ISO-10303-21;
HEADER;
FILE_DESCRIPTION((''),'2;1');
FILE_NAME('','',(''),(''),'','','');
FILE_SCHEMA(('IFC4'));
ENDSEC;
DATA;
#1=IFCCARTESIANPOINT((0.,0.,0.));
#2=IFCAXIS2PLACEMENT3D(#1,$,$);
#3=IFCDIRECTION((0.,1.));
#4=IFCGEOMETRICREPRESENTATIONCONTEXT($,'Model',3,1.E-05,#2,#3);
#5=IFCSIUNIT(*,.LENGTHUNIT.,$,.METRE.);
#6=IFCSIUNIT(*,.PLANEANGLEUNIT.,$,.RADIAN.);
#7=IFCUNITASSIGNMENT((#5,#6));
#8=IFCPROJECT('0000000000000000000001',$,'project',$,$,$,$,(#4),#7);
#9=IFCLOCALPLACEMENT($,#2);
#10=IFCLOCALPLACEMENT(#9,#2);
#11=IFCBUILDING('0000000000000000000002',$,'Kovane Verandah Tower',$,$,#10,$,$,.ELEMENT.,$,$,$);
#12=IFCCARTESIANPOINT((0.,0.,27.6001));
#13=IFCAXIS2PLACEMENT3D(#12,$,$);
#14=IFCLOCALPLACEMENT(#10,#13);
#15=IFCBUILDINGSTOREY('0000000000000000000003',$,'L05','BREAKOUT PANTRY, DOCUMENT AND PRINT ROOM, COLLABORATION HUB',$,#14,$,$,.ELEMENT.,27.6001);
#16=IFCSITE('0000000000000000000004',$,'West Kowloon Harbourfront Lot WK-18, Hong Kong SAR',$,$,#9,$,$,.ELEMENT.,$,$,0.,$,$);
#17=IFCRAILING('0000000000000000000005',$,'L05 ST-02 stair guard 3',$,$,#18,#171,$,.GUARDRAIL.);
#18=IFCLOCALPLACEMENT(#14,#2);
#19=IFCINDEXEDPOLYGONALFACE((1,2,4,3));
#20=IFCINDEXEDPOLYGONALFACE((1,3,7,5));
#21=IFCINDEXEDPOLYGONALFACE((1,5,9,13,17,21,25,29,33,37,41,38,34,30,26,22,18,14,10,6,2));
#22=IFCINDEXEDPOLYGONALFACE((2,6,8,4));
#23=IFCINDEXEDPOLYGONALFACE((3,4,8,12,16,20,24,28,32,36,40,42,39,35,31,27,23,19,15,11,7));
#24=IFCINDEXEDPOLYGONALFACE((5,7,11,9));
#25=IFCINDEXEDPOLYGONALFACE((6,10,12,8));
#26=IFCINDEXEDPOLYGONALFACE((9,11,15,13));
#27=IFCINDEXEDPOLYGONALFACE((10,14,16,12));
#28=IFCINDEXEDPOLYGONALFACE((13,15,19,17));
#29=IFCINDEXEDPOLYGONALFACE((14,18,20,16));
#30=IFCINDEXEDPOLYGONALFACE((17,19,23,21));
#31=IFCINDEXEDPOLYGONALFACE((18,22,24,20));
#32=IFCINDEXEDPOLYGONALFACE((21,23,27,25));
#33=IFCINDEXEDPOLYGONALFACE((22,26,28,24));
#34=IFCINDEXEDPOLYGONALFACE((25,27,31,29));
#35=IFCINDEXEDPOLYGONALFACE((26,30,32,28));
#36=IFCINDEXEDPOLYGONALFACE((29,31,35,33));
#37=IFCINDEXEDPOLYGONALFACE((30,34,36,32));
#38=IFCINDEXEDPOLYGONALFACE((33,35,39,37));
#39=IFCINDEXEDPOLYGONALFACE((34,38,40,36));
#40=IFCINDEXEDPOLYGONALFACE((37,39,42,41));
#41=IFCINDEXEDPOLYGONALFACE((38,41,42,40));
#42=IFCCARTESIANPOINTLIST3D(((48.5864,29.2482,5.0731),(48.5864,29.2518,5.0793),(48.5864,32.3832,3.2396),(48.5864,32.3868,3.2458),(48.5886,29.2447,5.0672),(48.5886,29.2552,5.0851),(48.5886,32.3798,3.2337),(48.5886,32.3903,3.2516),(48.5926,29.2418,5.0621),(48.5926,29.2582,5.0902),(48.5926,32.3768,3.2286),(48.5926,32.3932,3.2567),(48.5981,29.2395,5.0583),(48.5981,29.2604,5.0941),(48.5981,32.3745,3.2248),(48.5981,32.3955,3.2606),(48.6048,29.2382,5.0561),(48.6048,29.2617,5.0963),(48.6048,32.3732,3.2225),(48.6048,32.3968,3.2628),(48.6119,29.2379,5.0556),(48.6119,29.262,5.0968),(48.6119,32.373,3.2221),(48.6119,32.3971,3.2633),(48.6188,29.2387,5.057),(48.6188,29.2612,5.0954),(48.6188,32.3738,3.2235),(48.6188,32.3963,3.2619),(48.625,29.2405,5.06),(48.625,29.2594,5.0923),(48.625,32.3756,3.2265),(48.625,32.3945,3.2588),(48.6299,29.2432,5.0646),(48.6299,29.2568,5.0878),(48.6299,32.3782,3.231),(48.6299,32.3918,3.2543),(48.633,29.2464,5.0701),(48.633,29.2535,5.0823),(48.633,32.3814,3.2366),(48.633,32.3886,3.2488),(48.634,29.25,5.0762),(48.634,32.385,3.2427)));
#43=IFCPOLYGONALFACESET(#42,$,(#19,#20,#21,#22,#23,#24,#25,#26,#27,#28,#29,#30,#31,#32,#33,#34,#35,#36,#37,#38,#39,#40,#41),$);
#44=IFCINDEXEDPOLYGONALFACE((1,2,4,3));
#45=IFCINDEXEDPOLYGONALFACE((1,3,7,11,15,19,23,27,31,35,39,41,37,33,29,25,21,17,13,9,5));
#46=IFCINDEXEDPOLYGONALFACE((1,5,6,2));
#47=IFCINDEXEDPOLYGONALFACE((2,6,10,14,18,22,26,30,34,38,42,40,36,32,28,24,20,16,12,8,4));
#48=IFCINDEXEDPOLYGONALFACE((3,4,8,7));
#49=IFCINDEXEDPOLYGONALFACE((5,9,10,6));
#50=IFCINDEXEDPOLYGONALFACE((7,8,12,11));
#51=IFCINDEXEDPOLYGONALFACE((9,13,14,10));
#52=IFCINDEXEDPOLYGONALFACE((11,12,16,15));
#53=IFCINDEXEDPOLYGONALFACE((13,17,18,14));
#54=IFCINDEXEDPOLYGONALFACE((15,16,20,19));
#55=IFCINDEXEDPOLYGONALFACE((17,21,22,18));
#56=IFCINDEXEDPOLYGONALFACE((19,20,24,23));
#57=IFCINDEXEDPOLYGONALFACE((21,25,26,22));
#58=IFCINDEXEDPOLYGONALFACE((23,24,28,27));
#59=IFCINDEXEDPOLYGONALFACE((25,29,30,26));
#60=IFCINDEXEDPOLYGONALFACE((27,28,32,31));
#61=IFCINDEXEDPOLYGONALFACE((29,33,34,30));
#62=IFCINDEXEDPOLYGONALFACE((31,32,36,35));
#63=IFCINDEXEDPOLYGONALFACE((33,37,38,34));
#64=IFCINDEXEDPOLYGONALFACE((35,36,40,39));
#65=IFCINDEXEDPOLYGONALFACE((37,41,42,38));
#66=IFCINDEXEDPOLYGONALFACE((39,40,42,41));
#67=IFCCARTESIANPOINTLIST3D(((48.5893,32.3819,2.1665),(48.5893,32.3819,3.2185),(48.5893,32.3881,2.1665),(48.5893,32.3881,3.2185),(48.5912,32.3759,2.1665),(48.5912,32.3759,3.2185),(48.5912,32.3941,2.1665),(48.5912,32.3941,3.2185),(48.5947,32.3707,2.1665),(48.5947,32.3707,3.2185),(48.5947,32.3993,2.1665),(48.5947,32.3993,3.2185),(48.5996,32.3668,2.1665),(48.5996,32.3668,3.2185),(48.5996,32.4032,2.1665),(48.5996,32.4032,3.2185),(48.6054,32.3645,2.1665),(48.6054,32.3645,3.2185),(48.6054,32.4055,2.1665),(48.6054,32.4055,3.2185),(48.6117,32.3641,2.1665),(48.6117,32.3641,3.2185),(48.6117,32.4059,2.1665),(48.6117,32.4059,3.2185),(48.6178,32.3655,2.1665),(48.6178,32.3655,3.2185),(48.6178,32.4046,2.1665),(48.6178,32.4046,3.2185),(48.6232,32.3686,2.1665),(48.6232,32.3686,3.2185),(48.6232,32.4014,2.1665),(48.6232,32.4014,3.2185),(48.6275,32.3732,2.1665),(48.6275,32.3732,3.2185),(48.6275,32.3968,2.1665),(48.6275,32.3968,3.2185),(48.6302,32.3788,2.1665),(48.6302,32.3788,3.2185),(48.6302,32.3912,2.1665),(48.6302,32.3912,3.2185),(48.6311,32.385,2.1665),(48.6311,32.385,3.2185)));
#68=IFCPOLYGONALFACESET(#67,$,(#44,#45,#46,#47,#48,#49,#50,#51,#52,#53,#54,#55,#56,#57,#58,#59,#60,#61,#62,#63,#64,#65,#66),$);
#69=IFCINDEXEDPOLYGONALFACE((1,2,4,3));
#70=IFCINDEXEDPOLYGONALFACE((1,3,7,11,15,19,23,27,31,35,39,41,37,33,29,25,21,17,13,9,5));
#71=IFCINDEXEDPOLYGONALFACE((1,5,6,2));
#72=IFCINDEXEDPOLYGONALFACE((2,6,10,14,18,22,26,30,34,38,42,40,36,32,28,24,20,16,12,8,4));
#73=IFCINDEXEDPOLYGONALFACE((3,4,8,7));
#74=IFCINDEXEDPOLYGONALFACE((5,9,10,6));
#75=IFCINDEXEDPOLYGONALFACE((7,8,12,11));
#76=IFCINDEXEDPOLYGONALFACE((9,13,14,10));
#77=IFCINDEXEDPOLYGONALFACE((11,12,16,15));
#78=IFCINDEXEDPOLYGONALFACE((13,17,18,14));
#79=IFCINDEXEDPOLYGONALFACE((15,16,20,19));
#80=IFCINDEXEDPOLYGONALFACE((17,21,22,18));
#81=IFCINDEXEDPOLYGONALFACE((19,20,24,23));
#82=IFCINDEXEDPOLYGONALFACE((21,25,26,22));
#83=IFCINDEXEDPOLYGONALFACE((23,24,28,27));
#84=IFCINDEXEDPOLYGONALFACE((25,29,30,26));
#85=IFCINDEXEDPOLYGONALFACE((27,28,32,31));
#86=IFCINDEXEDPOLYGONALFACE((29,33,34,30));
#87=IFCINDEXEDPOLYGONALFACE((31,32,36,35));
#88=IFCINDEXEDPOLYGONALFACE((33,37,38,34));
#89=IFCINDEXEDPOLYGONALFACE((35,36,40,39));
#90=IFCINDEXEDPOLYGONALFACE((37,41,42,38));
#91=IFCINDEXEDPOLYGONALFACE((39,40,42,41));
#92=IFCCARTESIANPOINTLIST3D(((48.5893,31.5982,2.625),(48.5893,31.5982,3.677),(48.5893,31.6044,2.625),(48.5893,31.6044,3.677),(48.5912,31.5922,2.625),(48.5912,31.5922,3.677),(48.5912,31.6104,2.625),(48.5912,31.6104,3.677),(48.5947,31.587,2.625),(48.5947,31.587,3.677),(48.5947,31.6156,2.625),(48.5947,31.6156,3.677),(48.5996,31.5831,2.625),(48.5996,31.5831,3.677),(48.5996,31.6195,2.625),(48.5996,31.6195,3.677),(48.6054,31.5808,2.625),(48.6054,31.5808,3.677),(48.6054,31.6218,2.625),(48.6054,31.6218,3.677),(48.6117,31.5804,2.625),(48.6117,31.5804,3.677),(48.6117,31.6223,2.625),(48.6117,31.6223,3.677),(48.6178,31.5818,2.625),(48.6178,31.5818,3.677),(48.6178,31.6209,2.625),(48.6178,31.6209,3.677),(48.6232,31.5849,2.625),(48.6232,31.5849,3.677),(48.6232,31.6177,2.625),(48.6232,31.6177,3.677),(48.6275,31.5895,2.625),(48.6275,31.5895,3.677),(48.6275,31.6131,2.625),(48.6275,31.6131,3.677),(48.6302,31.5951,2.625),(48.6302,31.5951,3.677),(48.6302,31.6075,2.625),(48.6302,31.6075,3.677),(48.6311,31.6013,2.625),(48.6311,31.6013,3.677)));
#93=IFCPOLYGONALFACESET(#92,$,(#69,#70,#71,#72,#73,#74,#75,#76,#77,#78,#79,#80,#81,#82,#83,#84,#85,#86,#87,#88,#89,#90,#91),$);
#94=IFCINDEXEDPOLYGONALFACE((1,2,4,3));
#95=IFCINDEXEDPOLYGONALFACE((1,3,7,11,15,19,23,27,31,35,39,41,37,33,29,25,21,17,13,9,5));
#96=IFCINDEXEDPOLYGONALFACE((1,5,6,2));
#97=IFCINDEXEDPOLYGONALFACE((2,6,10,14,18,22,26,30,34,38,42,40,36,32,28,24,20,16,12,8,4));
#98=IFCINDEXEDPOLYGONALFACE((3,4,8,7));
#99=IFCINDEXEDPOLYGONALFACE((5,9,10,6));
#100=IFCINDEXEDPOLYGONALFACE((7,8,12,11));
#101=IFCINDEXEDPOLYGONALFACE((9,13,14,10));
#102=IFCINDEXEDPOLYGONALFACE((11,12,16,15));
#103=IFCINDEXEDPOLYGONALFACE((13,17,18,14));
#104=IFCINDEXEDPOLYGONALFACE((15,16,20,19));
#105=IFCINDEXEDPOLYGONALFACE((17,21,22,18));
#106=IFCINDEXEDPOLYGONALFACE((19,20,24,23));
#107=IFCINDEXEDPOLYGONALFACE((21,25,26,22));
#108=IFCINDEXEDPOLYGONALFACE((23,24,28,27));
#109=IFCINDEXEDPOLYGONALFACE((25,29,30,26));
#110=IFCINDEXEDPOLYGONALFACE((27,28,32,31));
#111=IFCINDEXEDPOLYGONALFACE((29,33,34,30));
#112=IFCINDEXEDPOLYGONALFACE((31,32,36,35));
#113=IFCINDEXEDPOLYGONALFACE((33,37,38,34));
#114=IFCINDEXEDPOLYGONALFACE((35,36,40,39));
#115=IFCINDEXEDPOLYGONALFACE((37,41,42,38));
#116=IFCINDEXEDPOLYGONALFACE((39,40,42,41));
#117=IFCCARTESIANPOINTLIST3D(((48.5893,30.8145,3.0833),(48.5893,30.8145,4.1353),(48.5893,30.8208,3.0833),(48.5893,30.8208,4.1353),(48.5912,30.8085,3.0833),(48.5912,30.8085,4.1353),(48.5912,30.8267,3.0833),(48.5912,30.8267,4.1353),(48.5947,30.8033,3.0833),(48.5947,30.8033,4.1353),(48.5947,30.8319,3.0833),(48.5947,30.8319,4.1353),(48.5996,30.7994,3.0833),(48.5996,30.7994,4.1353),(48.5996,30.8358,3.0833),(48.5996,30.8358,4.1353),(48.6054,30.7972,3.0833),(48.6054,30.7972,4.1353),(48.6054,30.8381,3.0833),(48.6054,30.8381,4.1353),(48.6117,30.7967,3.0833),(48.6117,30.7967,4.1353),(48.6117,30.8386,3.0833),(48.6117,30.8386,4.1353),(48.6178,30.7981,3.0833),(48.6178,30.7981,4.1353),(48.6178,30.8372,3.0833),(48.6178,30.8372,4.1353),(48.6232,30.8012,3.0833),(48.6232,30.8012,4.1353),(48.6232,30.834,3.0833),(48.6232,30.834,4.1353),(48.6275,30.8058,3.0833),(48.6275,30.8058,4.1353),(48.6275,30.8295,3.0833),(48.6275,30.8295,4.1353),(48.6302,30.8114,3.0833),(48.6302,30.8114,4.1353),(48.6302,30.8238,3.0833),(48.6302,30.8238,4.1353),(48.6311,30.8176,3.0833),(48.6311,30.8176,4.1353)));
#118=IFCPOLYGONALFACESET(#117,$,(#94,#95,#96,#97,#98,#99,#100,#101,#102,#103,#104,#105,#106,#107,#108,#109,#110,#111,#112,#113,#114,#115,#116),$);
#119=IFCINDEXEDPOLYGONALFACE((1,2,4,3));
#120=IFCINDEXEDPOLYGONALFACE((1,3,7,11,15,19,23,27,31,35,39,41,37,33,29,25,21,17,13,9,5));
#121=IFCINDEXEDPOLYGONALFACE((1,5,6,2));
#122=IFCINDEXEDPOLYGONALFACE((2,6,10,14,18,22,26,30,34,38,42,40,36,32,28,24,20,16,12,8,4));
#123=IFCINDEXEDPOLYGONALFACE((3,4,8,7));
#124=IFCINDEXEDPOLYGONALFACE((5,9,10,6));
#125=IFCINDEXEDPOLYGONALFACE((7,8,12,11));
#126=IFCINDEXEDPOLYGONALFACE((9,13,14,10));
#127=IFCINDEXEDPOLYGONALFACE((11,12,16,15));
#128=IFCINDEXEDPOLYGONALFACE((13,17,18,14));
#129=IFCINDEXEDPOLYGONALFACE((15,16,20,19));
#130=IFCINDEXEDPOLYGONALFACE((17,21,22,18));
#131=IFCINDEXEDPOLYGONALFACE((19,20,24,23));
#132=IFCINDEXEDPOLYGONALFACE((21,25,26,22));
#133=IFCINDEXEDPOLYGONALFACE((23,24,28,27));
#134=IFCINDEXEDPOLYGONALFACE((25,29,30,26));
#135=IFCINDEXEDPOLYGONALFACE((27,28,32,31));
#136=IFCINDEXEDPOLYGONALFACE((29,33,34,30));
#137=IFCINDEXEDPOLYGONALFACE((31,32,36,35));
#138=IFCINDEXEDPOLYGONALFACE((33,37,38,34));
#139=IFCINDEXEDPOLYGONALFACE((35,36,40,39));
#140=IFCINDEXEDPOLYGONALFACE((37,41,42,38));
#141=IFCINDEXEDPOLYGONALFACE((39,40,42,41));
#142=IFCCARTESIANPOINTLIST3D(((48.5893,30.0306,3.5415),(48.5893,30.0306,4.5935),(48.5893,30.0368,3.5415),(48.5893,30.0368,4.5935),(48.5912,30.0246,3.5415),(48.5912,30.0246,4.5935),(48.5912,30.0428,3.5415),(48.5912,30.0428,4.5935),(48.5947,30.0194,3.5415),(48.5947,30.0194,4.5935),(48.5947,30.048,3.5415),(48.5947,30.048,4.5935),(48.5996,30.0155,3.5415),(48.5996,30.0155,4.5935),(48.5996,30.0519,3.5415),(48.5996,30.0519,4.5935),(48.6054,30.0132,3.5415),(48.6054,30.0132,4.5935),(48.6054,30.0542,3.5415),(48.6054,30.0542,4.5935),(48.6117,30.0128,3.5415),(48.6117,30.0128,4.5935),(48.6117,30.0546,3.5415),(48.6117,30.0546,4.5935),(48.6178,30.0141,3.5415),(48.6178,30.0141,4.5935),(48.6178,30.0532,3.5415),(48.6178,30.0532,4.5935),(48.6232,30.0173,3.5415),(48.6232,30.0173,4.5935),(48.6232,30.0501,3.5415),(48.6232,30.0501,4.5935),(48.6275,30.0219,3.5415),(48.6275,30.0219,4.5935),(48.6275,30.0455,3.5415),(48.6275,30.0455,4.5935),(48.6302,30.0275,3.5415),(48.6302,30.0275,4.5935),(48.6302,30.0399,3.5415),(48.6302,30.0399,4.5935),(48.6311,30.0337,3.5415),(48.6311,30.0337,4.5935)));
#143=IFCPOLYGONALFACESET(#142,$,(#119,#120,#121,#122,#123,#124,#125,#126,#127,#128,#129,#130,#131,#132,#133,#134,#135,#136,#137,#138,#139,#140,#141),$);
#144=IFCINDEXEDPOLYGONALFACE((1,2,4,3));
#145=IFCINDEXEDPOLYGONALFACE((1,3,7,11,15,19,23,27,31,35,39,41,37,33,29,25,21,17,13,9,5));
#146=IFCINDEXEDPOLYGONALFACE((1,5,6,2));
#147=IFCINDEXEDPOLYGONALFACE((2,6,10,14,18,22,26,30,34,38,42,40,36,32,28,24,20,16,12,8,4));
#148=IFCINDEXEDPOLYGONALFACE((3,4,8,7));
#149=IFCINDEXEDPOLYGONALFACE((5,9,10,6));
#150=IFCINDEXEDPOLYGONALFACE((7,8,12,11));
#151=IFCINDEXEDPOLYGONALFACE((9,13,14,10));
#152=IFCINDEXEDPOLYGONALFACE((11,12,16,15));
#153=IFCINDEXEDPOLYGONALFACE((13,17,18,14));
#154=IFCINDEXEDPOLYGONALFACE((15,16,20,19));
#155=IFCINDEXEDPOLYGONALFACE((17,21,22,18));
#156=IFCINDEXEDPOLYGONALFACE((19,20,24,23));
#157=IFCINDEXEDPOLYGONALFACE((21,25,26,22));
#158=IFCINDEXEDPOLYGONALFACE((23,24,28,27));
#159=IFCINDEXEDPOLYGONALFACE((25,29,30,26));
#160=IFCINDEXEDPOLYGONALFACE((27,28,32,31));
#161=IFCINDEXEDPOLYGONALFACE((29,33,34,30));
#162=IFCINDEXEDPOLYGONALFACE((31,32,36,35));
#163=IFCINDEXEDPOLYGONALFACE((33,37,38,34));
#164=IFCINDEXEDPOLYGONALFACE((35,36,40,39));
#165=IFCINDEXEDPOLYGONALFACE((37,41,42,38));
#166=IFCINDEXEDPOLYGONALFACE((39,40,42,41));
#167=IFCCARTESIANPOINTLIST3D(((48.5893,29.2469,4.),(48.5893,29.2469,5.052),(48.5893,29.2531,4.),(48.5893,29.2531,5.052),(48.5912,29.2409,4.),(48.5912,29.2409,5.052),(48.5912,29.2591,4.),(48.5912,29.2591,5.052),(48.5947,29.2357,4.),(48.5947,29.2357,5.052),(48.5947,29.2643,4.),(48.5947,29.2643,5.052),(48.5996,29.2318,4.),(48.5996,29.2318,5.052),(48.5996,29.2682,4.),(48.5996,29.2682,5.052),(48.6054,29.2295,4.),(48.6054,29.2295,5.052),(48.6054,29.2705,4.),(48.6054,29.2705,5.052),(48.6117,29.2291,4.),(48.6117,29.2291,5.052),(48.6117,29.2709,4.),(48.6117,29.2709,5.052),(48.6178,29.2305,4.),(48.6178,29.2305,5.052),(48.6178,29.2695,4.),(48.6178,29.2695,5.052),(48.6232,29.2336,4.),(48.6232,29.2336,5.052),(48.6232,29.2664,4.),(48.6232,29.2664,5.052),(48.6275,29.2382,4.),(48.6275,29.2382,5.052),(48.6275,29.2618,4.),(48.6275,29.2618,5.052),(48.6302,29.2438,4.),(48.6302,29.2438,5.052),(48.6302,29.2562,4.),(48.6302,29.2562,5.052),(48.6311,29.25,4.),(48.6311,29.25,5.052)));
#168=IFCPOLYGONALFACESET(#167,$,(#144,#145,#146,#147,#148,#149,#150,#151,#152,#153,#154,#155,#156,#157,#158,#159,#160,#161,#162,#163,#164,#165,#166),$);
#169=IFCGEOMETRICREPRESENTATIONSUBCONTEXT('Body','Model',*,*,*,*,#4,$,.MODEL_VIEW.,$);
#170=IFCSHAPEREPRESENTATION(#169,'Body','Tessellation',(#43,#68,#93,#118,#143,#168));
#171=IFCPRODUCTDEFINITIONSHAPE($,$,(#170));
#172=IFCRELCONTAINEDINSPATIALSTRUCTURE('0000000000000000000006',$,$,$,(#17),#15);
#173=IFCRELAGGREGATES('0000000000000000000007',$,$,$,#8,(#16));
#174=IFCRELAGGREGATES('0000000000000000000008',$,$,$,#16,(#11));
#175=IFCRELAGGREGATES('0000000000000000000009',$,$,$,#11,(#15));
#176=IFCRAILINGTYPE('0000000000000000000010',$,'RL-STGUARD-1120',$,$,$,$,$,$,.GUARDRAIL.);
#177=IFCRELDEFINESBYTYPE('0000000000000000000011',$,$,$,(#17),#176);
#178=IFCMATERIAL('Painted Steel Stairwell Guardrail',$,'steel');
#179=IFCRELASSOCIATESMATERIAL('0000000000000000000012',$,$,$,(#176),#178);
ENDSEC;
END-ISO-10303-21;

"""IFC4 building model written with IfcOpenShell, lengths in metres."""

from ifc_helpers import new_model, si_unit, direction, frame, origin, origin_2d, place, context, subcontext, project, spatial, circle, extrude, material, type_object, element, save


model = new_model("IFC4")

# Units and contexts
model_context = context("Model", 3, precision=1e-05, world=origin(), true_north=direction((0.0, 1.0)))
body_context = subcontext(model_context, "Body", "Model", "MODEL_VIEW")
ifc_project = project(units=[si_unit("LENGTHUNIT", "METRE"), si_unit("PLANEANGLEUNIT", "RADIAN")], contexts=[model_context])

# Site, building, storey
site_placement = place(None, origin())
site = spatial("IfcSite", under=ifc_project, at=site_placement, Name="West Kowloon Harbourfront Lot WK-18, Hong Kong SAR", CompositionType="ELEMENT", RefElevation=0.0)
building_placement = place(site_placement, origin())
building = spatial("IfcBuilding", under=site, at=building_placement, Name="Kovane Verandah Tower", CompositionType="ELEMENT")
storey_placement = place(building_placement, frame((0.0, 0.0, 27.6001)))
storey = spatial("IfcBuildingStorey", under=building, at=storey_placement, Name="L05", Description="BREAKOUT PANTRY, DOCUMENT AND PRINT ROOM, COLLABORATION HUB", CompositionType="ELEMENT", Elevation=27.6001)

# Railing
ifc_material_1 = material(Name="Painted Steel Stairwell Guardrail", Category="steel")
railing_type_1 = type_object("IfcRailingType", Name="RL-STGUARD-1120", PredefinedType="GUARDRAIL", material=ifc_material_1)
railing_1_placement = place(storey_placement, frame((48.6101, 32.385, 2.1665)))
element("IfcRailing", 1, at=railing_1_placement, inside=storey, type_object=railing_type_1, Name="L05 ST-02 stair guard 3", PredefinedType="GUARDRAIL", context=body_context, shape_type="SweptSolid", body=[
    extrude(circle(Radius=0.0239, at=origin_2d()), frame((0.0, 0.0, 1.0762), z_axis=(0.0, -0.86321, 0.504845), x_axis=(1.0, 0.0, 0.0)), (0.0, 0.0, 1.0), 3.6318),
    extrude(circle(Radius=0.021, at=origin_2d()), origin(), (0.0, 0.0, 1.0), 1.052),
    extrude(circle(Radius=0.021, at=origin_2d()), frame((0.0, -0.7837, 0.4585)), (0.0, 0.0, 1.0), 1.052),
    extrude(circle(Radius=0.021, at=origin_2d()), frame((0.0, -1.5674, 0.9167)), (0.0, 0.0, 1.0), 1.052),
    extrude(circle(Radius=0.021, at=origin_2d()), frame((0.0, -2.3513, 1.375)), (0.0, 0.0, 1.0), 1.052),
    extrude(circle(Radius=0.021, at=origin_2d()), frame((0.0, -3.135, 1.8335)), (0.0, 0.0, 1.0), 1.052),
])

save(model, "model.ifc")
